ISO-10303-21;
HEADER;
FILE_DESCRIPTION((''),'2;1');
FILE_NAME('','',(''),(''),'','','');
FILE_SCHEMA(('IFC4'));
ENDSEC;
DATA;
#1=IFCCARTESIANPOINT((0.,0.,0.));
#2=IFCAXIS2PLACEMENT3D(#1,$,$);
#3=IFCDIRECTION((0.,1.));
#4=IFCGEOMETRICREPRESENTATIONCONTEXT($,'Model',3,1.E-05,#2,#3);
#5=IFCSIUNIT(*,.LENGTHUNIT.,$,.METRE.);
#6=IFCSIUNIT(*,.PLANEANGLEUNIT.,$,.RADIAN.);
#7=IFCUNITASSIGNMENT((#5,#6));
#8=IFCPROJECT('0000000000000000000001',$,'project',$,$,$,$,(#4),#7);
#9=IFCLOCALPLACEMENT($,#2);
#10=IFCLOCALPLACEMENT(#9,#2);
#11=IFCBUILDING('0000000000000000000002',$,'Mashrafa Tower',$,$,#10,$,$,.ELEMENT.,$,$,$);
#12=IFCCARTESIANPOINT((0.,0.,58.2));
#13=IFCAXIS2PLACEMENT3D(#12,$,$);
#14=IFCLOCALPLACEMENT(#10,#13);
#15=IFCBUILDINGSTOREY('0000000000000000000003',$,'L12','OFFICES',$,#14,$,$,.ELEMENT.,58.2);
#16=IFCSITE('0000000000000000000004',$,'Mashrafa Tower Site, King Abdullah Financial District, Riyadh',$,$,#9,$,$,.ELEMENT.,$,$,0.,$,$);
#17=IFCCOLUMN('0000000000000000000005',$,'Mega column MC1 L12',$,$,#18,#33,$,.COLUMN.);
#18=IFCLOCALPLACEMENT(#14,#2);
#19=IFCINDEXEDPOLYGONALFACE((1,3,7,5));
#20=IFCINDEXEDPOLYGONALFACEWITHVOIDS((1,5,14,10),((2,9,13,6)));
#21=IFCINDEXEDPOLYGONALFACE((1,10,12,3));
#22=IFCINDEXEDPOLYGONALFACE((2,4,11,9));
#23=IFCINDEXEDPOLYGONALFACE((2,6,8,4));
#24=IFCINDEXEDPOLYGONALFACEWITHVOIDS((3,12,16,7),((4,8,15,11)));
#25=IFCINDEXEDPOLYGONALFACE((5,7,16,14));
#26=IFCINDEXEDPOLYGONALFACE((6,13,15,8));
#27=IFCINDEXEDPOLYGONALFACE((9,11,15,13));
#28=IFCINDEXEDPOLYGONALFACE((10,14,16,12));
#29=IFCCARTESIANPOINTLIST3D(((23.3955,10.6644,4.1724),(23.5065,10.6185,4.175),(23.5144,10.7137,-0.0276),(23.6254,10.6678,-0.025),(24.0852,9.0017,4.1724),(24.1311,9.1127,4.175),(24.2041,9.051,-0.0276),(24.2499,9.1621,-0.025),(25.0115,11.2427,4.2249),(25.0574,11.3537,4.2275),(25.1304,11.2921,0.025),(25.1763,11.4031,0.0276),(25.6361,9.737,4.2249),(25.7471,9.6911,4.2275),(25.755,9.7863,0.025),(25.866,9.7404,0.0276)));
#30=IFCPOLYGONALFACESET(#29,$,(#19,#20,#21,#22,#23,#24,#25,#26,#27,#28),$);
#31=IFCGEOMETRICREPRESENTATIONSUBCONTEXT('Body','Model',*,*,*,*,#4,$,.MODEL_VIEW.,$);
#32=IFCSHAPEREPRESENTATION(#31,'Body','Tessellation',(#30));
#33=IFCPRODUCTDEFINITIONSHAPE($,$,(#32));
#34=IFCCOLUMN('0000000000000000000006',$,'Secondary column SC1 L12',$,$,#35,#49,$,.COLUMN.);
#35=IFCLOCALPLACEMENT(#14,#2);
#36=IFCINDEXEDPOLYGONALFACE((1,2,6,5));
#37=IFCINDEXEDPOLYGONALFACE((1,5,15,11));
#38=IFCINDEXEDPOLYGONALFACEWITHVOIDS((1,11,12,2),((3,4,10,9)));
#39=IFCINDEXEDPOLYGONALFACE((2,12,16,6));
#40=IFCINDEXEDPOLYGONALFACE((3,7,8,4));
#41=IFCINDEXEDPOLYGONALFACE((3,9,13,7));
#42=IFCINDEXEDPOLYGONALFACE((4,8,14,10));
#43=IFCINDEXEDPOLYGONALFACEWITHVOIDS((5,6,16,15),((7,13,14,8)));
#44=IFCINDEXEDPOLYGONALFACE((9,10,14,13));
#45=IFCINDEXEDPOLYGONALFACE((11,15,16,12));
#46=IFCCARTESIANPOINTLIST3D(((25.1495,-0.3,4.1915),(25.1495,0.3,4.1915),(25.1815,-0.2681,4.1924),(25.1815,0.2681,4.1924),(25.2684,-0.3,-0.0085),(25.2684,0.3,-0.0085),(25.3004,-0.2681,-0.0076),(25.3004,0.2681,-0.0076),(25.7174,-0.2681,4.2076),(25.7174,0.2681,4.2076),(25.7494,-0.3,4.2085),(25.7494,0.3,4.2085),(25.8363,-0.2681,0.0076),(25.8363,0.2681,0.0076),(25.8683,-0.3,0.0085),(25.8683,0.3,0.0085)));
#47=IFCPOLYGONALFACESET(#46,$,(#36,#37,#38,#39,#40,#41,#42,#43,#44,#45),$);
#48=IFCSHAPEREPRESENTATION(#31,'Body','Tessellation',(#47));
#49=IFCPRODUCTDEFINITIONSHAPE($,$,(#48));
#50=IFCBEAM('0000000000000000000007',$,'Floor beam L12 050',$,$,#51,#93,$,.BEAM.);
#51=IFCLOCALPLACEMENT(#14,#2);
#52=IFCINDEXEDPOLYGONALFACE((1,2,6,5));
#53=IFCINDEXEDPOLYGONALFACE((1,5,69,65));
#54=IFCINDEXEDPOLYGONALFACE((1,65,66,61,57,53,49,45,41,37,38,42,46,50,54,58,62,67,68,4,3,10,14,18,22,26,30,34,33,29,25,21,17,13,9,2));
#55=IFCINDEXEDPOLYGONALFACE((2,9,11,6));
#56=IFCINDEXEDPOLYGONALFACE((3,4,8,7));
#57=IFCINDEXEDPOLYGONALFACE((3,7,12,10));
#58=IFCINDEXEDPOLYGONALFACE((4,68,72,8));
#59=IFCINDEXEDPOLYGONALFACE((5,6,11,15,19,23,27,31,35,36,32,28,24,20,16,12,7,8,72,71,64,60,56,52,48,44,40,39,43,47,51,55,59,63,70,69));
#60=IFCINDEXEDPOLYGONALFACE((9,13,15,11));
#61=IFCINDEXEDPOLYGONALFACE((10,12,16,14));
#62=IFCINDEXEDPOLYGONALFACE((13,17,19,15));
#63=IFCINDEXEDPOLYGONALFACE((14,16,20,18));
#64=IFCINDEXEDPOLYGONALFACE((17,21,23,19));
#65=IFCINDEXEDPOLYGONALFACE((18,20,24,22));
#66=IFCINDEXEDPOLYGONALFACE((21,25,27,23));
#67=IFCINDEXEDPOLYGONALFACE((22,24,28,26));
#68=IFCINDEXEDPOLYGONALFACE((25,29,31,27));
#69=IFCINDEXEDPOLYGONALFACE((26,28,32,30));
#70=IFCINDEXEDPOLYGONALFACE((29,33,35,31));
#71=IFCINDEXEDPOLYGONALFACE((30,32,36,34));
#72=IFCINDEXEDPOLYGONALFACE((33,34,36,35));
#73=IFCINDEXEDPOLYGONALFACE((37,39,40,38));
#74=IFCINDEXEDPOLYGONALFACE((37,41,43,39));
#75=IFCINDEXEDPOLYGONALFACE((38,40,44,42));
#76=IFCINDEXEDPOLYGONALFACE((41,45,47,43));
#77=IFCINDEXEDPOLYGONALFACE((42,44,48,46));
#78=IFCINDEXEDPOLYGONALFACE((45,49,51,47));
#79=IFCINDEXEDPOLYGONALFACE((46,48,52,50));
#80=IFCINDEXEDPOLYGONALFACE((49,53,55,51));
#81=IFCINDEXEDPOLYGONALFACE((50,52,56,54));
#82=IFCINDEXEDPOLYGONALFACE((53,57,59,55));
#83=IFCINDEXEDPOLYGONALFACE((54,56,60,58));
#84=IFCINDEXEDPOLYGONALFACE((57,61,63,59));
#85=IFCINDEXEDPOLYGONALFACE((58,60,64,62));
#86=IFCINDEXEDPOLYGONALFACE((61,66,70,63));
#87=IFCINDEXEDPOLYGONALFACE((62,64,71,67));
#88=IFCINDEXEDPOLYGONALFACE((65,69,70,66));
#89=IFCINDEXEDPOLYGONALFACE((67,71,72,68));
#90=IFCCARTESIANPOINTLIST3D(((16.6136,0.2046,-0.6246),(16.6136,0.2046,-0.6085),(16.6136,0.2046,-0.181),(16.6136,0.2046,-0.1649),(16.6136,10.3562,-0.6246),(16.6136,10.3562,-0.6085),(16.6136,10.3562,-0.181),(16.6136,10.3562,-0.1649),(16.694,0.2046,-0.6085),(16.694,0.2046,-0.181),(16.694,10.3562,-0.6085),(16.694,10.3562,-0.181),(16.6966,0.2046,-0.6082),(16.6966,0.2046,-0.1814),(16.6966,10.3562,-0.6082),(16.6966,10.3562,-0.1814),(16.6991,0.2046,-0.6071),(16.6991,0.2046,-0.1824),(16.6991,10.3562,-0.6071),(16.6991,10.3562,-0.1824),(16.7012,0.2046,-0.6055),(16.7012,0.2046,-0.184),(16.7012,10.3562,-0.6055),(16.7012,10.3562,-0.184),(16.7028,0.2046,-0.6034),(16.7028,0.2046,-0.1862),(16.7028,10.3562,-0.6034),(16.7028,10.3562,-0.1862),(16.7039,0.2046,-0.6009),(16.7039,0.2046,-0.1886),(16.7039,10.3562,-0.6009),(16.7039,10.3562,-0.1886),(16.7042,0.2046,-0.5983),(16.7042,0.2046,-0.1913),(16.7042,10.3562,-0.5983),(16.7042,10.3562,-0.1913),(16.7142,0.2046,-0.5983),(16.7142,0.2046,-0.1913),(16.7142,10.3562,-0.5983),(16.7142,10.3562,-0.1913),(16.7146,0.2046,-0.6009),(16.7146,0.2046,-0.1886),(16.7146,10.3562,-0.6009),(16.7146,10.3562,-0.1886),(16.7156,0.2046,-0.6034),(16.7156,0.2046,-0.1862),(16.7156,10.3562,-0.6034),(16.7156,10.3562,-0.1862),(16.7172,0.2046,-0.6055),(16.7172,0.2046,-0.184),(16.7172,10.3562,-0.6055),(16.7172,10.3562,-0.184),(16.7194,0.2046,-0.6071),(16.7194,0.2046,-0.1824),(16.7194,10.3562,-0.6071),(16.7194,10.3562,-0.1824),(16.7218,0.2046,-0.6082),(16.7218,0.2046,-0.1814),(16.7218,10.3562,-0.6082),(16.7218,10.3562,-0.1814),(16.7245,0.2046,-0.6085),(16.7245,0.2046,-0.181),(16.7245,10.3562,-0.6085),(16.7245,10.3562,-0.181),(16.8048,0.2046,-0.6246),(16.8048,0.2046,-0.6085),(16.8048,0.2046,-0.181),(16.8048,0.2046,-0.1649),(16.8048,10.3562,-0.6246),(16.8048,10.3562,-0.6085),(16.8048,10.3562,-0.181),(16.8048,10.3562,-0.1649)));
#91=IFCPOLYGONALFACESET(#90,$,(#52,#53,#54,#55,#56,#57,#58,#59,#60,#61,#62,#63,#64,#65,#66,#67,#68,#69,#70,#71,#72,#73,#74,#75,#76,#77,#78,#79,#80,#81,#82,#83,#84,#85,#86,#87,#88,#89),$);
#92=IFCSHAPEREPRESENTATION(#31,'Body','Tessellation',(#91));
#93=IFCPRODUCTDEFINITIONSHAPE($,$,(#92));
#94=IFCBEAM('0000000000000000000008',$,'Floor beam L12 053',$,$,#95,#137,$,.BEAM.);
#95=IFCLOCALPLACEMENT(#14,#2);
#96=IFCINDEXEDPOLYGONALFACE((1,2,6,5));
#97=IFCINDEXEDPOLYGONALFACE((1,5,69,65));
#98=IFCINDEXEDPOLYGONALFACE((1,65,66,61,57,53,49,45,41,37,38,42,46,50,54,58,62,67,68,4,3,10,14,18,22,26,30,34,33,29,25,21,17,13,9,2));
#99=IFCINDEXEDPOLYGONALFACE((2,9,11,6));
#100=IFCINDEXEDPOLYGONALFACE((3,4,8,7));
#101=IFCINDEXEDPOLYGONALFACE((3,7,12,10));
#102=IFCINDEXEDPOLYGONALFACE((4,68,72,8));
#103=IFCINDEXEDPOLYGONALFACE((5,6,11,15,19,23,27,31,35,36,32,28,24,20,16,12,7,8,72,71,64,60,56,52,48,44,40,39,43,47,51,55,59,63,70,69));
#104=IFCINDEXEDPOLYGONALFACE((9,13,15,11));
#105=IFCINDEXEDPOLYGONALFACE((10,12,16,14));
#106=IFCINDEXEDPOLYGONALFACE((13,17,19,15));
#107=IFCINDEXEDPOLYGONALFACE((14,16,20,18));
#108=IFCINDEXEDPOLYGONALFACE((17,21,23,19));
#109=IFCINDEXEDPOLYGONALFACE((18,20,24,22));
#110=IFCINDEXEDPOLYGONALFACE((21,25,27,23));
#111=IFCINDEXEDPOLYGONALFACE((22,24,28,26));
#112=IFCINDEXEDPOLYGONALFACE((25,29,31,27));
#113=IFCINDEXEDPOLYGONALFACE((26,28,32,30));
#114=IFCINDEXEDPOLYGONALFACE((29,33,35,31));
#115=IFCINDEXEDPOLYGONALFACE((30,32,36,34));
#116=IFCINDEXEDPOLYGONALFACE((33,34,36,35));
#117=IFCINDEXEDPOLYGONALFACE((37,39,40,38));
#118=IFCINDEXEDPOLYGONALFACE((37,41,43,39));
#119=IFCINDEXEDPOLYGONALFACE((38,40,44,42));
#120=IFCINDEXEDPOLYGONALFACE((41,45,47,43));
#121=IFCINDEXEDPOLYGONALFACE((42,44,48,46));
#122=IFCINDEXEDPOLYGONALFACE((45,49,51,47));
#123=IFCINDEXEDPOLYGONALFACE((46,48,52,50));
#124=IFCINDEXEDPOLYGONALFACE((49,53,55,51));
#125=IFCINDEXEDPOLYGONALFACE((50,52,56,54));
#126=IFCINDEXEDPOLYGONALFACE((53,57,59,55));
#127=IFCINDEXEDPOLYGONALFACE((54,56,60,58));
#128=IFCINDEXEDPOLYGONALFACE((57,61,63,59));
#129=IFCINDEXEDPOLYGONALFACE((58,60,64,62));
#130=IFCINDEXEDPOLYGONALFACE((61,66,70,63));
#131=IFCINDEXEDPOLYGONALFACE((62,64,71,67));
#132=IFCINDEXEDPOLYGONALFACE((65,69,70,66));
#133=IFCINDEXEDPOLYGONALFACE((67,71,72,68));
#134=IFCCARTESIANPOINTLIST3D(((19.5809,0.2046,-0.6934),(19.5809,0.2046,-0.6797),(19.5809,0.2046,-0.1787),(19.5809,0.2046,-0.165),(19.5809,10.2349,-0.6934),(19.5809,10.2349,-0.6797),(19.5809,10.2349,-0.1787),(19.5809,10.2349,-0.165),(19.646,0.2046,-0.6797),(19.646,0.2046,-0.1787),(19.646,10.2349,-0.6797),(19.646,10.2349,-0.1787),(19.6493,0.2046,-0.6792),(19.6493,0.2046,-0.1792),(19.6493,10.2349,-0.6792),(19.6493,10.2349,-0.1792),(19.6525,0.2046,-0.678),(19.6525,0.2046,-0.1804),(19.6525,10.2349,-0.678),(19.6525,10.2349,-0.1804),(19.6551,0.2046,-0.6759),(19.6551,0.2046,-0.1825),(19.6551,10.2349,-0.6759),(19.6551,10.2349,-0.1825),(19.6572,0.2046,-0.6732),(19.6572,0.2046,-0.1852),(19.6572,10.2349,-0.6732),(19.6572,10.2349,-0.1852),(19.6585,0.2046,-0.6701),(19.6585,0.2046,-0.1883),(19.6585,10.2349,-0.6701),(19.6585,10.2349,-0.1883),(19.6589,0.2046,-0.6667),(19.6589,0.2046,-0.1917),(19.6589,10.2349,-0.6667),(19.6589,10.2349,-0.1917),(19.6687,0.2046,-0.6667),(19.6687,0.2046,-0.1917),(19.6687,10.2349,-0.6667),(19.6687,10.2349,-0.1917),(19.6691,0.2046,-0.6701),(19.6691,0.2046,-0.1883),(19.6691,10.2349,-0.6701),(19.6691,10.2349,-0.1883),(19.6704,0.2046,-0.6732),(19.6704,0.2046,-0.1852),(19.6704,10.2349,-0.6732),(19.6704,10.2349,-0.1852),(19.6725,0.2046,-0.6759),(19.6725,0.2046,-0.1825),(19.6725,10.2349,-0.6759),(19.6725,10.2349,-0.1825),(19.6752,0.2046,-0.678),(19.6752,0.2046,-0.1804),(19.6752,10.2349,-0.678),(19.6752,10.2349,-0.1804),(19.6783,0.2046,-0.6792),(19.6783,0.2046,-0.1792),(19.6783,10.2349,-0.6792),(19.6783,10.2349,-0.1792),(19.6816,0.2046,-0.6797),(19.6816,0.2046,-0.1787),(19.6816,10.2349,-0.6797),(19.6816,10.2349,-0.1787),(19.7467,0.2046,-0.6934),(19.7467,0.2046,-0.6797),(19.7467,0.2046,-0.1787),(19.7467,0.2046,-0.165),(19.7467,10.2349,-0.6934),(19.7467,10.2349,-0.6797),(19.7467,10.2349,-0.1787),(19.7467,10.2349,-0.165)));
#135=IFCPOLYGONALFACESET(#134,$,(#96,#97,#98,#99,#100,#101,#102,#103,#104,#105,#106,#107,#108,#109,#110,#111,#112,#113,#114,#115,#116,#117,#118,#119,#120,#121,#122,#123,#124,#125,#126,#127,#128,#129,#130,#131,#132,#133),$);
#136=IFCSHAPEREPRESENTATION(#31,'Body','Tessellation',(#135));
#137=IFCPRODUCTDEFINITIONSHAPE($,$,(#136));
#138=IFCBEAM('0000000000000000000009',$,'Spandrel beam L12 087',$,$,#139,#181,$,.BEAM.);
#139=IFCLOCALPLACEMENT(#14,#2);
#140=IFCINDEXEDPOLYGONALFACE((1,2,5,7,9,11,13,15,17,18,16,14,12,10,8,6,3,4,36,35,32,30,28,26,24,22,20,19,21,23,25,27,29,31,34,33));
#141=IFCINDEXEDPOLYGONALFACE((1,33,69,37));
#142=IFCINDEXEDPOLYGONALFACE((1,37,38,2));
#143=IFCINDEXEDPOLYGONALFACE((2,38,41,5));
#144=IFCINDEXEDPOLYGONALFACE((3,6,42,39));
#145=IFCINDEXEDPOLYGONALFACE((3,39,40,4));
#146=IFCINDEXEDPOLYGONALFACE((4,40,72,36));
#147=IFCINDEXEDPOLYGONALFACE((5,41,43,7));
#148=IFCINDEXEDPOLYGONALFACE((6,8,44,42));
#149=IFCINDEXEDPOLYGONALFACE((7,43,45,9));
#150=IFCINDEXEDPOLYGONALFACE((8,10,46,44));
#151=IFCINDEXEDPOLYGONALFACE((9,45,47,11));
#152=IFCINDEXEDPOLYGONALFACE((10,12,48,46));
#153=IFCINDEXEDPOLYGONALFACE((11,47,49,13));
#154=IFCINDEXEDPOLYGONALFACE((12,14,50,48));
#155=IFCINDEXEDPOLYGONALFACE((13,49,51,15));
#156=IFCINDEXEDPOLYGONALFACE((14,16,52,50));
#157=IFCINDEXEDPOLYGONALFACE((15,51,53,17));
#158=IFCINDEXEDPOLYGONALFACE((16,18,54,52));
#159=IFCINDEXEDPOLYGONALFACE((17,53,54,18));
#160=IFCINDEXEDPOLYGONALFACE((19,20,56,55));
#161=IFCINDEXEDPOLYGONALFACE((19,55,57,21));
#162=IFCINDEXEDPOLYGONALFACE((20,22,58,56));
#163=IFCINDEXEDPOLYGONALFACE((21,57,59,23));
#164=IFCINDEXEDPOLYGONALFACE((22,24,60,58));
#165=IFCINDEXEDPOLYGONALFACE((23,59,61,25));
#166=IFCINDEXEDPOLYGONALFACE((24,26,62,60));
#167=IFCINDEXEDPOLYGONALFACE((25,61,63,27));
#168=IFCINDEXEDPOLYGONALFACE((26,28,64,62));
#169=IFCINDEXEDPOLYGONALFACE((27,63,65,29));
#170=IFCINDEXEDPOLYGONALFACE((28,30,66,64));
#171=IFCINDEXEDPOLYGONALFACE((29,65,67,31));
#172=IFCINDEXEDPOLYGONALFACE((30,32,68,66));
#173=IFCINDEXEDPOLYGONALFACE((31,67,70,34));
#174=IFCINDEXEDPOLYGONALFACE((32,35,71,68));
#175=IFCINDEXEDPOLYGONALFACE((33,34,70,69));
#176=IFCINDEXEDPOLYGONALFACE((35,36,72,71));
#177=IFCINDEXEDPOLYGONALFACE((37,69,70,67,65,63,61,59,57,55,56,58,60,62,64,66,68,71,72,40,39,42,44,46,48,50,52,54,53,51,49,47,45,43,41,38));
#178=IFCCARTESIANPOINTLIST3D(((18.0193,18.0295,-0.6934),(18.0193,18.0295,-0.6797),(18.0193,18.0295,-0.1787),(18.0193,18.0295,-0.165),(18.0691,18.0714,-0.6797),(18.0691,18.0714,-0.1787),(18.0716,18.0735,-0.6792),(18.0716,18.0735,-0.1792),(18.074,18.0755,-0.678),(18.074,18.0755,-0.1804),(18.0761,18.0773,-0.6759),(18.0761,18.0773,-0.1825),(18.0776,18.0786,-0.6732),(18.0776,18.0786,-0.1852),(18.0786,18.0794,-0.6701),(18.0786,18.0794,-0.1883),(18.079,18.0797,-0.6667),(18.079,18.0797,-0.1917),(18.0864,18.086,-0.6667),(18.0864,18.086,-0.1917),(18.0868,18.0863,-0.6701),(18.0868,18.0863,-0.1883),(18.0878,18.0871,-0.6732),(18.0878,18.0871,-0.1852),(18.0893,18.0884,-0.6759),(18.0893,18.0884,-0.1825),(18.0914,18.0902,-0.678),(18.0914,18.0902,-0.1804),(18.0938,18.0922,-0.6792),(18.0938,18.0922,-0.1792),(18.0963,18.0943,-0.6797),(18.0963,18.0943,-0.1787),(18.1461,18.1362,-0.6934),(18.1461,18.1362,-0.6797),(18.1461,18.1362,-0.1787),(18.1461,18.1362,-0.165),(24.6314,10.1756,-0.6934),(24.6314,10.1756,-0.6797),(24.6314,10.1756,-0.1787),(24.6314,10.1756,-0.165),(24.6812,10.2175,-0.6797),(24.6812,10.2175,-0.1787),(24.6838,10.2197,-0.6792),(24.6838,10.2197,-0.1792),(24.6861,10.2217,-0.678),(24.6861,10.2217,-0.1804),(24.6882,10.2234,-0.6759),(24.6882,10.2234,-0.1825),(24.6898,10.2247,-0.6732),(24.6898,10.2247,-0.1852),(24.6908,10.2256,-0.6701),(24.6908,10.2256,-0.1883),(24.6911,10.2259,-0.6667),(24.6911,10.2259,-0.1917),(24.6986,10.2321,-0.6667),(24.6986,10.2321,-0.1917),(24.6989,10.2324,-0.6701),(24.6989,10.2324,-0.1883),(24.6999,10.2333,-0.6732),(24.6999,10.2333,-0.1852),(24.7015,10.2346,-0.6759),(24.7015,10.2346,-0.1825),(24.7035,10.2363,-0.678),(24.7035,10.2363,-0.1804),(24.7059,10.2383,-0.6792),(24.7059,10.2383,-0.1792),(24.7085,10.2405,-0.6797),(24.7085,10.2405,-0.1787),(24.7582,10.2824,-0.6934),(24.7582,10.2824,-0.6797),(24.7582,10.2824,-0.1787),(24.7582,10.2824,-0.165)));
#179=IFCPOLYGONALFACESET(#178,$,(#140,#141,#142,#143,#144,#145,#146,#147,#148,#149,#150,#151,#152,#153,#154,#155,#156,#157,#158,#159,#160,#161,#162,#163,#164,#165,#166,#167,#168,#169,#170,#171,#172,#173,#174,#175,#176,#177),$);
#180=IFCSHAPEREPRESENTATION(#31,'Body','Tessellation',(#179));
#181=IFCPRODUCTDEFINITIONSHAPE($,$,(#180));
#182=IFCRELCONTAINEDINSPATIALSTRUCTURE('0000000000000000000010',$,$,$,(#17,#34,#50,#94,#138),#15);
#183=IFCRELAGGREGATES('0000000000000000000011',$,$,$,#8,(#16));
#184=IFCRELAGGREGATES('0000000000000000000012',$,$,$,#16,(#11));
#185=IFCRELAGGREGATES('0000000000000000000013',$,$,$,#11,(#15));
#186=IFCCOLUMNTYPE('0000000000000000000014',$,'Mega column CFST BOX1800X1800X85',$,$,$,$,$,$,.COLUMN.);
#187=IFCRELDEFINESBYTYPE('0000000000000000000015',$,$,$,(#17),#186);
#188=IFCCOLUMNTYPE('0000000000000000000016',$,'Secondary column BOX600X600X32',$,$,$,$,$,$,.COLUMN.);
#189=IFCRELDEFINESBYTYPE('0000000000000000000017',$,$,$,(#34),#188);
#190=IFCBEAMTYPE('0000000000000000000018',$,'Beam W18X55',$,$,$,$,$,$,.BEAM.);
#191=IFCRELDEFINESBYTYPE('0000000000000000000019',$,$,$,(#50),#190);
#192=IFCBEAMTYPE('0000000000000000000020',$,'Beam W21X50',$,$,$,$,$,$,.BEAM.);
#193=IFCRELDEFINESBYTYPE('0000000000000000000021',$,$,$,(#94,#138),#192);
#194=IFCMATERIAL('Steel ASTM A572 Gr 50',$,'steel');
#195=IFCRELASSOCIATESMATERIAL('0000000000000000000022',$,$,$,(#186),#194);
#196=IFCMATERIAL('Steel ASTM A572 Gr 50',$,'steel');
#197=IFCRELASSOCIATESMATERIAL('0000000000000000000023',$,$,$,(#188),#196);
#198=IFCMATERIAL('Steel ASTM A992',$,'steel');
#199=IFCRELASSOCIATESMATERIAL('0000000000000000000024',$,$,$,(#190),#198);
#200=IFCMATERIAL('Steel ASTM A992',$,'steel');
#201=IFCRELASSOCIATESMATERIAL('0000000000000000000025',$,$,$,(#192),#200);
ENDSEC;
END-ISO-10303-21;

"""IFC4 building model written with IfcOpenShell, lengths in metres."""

from ifc_helpers import new_model, si_unit, direction, frame, origin, origin_2d, place, context, subcontext, project, spatial, hollow_rectangle, i_section, extrude, material, material_profile, profile_set, type_object, element, save


model = new_model("IFC4")

# Units and contexts
model_context = context("Model", 3, precision=1e-05, world=origin(), true_north=direction((0.0, 1.0)))
body_context = subcontext(model_context, "Body", "Model", "MODEL_VIEW")
ifc_project = project(units=[si_unit("LENGTHUNIT", "METRE"), si_unit("PLANEANGLEUNIT", "RADIAN")], contexts=[model_context])

# Site, building, storey
site_placement = place(None, origin())
site = spatial("IfcSite", under=ifc_project, at=site_placement, Name="Mashrafa Tower Site, King Abdullah Financial District, Riyadh", CompositionType="ELEMENT", RefElevation=0.0)
building_placement = place(site_placement, origin())
building = spatial("IfcBuilding", under=site, at=building_placement, Name="Mashrafa Tower", CompositionType="ELEMENT")
storey_placement = place(building_placement, frame((0.0, 0.0, 58.2)))
storey = spatial("IfcBuildingStorey", under=building, at=storey_placement, Name="L12", Description="OFFICES", CompositionType="ELEMENT", Elevation=58.2)

# Columns
ifc_material_1 = material(Name="Steel ASTM A572 Gr 50", Category="steel")
ifc_material_profile_1 = material_profile(ifc_material_1, hollow_rectangle(XDim=1.8, YDim=1.8, WallThickness=0.085, at=origin_2d()), Name="BOX1800X1800X85")
ifc_profile_set_1 = profile_set([ifc_material_profile_1], Name="Steel ASTM A572 Gr 50")
column_type_1 = type_object("IfcColumnType", Name="Mega column CFST BOX1800X1800X85", PredefinedType="COLUMN", material=ifc_profile_set_1)
column_1_placement = place(storey_placement, frame((24.6902, 10.2271, 0.0), z_axis=(-0.028296, -0.011737, 0.999531), x_axis=(0.383133, -0.923693, 0.0)))
element("IfcColumn", 1, at=column_1_placement, inside=storey, type_object=column_type_1, Name="Mega column MC1 L12", PredefinedType="COLUMN", context=body_context, shape_type="SweptSolid", body=[
    extrude(hollow_rectangle(XDim=1.8, YDim=1.8, WallThickness=0.085, at=origin_2d()), origin(), (0.0, 0.0, 1.0), 4.2019),
])
ifc_material_2 = material(Name="Steel ASTM A572 Gr 50", Category="steel")
ifc_material_profile_2 = material_profile(ifc_material_2, hollow_rectangle(XDim=0.6001, YDim=0.6001, WallThickness=0.032, at=origin_2d()), Name="BOX600X600X32")
ifc_profile_set_2 = profile_set([ifc_material_profile_2], Name="Steel ASTM A572 Gr 50")
column_type_2 = type_object("IfcColumnType", Name="Secondary column BOX600X600X32", PredefinedType="COLUMN", material=ifc_profile_set_2)
column_2_placement = place(storey_placement, frame((25.5684, 0.0, 0.0), z_axis=(-0.028298, 0.0, 0.9996), x_axis=(0.0, -1.0, 0.0)))
element("IfcColumn", 2, at=column_2_placement, inside=storey, type_object=column_type_2, Name="Secondary column SC1 L12", PredefinedType="COLUMN", context=body_context, shape_type="SweptSolid", body=[
    extrude(hollow_rectangle(XDim=0.6001, YDim=0.6001, WallThickness=0.032, at=origin_2d()), origin(), (0.0, 0.0, 1.0), 4.2017),
])

# Beams
ifc_material_3 = material(Name="Steel ASTM A992", Category="steel")
ifc_material_profile_3 = material_profile(ifc_material_3, i_section(OverallWidth=0.1912, OverallDepth=0.4597, WebThickness=0.01, FlangeThickness=0.0161, FilletRadius=0.0103, at=origin_2d()), Name="W18X55")
ifc_profile_set_3 = profile_set([ifc_material_profile_3], Name="Steel ASTM A992")
beam_type_1 = type_object("IfcBeamType", Name="Beam W18X55", PredefinedType="BEAM", material=ifc_profile_set_3)
beam_1_placement = place(storey_placement, frame((16.7092, 10.3562, -0.3948), z_axis=(0.0, -1.0, 0.0), x_axis=(1.0, 0.0, 0.0)))
element("IfcBeam", 3, at=beam_1_placement, inside=storey, type_object=beam_type_1, Name="Floor beam L12 050", PredefinedType="BEAM", context=body_context, shape_type="SweptSolid", body=[
    extrude(i_section(OverallWidth=0.1912, OverallDepth=0.4597, WebThickness=0.01, FlangeThickness=0.0161, FilletRadius=0.0103, at=origin_2d()), origin(), (0.0, 0.0, 1.0), 10.1516),
])
ifc_material_4 = material(Name="Steel ASTM A992", Category="steel")
ifc_material_profile_4 = material_profile(ifc_material_4, i_section(OverallWidth=0.1658, OverallDepth=0.5283, WebThickness=0.0098, FlangeThickness=0.0137, FilletRadius=0.0129, at=origin_2d()), Name="W21X50")
ifc_profile_set_4 = profile_set([ifc_material_profile_4], Name="Steel ASTM A992")
beam_type_2 = type_object("IfcBeamType", Name="Beam W21X50", PredefinedType="BEAM", material=ifc_profile_set_4)
beam_2_placement = place(storey_placement, frame((19.6638, 10.2349, -0.4292), z_axis=(0.0, -1.0, 0.0), x_axis=(1.0, 0.0, 0.0)))
element("IfcBeam", 4, at=beam_2_placement, inside=storey, type_object=beam_type_2, Name="Floor beam L12 053", PredefinedType="BEAM", context=body_context, shape_type="SweptSolid", body=[
    extrude(i_section(OverallWidth=0.1658, OverallDepth=0.5283, WebThickness=0.0098, FlangeThickness=0.0137, FilletRadius=0.0129, at=origin_2d()), origin(), (0.0, 0.0, 1.0), 10.0303),
])
for number, where, z_axis, x_axis, name in (
    (5, (24.6948, 10.229, -0.4292), (-0.644043, 0.76499, 0.0), (-0.76499, -0.644043, 0.0), "Spandrel beam L12 087"),
):
    element("IfcBeam", number, at=place(storey_placement, frame(where, z_axis=z_axis, x_axis=x_axis)), inside=storey, type_object=beam_type_2, Name=name, PredefinedType="BEAM", context=body_context, shape_type="SweptSolid", body=[
        extrude(i_section(OverallWidth=0.1658, OverallDepth=0.5283, WebThickness=0.0098, FlangeThickness=0.0137, FilletRadius=0.0129, at=origin_2d()), origin(), (0.0, 0.0, 1.0), 10.2666),
    ])

save(model, "model.ifc")
